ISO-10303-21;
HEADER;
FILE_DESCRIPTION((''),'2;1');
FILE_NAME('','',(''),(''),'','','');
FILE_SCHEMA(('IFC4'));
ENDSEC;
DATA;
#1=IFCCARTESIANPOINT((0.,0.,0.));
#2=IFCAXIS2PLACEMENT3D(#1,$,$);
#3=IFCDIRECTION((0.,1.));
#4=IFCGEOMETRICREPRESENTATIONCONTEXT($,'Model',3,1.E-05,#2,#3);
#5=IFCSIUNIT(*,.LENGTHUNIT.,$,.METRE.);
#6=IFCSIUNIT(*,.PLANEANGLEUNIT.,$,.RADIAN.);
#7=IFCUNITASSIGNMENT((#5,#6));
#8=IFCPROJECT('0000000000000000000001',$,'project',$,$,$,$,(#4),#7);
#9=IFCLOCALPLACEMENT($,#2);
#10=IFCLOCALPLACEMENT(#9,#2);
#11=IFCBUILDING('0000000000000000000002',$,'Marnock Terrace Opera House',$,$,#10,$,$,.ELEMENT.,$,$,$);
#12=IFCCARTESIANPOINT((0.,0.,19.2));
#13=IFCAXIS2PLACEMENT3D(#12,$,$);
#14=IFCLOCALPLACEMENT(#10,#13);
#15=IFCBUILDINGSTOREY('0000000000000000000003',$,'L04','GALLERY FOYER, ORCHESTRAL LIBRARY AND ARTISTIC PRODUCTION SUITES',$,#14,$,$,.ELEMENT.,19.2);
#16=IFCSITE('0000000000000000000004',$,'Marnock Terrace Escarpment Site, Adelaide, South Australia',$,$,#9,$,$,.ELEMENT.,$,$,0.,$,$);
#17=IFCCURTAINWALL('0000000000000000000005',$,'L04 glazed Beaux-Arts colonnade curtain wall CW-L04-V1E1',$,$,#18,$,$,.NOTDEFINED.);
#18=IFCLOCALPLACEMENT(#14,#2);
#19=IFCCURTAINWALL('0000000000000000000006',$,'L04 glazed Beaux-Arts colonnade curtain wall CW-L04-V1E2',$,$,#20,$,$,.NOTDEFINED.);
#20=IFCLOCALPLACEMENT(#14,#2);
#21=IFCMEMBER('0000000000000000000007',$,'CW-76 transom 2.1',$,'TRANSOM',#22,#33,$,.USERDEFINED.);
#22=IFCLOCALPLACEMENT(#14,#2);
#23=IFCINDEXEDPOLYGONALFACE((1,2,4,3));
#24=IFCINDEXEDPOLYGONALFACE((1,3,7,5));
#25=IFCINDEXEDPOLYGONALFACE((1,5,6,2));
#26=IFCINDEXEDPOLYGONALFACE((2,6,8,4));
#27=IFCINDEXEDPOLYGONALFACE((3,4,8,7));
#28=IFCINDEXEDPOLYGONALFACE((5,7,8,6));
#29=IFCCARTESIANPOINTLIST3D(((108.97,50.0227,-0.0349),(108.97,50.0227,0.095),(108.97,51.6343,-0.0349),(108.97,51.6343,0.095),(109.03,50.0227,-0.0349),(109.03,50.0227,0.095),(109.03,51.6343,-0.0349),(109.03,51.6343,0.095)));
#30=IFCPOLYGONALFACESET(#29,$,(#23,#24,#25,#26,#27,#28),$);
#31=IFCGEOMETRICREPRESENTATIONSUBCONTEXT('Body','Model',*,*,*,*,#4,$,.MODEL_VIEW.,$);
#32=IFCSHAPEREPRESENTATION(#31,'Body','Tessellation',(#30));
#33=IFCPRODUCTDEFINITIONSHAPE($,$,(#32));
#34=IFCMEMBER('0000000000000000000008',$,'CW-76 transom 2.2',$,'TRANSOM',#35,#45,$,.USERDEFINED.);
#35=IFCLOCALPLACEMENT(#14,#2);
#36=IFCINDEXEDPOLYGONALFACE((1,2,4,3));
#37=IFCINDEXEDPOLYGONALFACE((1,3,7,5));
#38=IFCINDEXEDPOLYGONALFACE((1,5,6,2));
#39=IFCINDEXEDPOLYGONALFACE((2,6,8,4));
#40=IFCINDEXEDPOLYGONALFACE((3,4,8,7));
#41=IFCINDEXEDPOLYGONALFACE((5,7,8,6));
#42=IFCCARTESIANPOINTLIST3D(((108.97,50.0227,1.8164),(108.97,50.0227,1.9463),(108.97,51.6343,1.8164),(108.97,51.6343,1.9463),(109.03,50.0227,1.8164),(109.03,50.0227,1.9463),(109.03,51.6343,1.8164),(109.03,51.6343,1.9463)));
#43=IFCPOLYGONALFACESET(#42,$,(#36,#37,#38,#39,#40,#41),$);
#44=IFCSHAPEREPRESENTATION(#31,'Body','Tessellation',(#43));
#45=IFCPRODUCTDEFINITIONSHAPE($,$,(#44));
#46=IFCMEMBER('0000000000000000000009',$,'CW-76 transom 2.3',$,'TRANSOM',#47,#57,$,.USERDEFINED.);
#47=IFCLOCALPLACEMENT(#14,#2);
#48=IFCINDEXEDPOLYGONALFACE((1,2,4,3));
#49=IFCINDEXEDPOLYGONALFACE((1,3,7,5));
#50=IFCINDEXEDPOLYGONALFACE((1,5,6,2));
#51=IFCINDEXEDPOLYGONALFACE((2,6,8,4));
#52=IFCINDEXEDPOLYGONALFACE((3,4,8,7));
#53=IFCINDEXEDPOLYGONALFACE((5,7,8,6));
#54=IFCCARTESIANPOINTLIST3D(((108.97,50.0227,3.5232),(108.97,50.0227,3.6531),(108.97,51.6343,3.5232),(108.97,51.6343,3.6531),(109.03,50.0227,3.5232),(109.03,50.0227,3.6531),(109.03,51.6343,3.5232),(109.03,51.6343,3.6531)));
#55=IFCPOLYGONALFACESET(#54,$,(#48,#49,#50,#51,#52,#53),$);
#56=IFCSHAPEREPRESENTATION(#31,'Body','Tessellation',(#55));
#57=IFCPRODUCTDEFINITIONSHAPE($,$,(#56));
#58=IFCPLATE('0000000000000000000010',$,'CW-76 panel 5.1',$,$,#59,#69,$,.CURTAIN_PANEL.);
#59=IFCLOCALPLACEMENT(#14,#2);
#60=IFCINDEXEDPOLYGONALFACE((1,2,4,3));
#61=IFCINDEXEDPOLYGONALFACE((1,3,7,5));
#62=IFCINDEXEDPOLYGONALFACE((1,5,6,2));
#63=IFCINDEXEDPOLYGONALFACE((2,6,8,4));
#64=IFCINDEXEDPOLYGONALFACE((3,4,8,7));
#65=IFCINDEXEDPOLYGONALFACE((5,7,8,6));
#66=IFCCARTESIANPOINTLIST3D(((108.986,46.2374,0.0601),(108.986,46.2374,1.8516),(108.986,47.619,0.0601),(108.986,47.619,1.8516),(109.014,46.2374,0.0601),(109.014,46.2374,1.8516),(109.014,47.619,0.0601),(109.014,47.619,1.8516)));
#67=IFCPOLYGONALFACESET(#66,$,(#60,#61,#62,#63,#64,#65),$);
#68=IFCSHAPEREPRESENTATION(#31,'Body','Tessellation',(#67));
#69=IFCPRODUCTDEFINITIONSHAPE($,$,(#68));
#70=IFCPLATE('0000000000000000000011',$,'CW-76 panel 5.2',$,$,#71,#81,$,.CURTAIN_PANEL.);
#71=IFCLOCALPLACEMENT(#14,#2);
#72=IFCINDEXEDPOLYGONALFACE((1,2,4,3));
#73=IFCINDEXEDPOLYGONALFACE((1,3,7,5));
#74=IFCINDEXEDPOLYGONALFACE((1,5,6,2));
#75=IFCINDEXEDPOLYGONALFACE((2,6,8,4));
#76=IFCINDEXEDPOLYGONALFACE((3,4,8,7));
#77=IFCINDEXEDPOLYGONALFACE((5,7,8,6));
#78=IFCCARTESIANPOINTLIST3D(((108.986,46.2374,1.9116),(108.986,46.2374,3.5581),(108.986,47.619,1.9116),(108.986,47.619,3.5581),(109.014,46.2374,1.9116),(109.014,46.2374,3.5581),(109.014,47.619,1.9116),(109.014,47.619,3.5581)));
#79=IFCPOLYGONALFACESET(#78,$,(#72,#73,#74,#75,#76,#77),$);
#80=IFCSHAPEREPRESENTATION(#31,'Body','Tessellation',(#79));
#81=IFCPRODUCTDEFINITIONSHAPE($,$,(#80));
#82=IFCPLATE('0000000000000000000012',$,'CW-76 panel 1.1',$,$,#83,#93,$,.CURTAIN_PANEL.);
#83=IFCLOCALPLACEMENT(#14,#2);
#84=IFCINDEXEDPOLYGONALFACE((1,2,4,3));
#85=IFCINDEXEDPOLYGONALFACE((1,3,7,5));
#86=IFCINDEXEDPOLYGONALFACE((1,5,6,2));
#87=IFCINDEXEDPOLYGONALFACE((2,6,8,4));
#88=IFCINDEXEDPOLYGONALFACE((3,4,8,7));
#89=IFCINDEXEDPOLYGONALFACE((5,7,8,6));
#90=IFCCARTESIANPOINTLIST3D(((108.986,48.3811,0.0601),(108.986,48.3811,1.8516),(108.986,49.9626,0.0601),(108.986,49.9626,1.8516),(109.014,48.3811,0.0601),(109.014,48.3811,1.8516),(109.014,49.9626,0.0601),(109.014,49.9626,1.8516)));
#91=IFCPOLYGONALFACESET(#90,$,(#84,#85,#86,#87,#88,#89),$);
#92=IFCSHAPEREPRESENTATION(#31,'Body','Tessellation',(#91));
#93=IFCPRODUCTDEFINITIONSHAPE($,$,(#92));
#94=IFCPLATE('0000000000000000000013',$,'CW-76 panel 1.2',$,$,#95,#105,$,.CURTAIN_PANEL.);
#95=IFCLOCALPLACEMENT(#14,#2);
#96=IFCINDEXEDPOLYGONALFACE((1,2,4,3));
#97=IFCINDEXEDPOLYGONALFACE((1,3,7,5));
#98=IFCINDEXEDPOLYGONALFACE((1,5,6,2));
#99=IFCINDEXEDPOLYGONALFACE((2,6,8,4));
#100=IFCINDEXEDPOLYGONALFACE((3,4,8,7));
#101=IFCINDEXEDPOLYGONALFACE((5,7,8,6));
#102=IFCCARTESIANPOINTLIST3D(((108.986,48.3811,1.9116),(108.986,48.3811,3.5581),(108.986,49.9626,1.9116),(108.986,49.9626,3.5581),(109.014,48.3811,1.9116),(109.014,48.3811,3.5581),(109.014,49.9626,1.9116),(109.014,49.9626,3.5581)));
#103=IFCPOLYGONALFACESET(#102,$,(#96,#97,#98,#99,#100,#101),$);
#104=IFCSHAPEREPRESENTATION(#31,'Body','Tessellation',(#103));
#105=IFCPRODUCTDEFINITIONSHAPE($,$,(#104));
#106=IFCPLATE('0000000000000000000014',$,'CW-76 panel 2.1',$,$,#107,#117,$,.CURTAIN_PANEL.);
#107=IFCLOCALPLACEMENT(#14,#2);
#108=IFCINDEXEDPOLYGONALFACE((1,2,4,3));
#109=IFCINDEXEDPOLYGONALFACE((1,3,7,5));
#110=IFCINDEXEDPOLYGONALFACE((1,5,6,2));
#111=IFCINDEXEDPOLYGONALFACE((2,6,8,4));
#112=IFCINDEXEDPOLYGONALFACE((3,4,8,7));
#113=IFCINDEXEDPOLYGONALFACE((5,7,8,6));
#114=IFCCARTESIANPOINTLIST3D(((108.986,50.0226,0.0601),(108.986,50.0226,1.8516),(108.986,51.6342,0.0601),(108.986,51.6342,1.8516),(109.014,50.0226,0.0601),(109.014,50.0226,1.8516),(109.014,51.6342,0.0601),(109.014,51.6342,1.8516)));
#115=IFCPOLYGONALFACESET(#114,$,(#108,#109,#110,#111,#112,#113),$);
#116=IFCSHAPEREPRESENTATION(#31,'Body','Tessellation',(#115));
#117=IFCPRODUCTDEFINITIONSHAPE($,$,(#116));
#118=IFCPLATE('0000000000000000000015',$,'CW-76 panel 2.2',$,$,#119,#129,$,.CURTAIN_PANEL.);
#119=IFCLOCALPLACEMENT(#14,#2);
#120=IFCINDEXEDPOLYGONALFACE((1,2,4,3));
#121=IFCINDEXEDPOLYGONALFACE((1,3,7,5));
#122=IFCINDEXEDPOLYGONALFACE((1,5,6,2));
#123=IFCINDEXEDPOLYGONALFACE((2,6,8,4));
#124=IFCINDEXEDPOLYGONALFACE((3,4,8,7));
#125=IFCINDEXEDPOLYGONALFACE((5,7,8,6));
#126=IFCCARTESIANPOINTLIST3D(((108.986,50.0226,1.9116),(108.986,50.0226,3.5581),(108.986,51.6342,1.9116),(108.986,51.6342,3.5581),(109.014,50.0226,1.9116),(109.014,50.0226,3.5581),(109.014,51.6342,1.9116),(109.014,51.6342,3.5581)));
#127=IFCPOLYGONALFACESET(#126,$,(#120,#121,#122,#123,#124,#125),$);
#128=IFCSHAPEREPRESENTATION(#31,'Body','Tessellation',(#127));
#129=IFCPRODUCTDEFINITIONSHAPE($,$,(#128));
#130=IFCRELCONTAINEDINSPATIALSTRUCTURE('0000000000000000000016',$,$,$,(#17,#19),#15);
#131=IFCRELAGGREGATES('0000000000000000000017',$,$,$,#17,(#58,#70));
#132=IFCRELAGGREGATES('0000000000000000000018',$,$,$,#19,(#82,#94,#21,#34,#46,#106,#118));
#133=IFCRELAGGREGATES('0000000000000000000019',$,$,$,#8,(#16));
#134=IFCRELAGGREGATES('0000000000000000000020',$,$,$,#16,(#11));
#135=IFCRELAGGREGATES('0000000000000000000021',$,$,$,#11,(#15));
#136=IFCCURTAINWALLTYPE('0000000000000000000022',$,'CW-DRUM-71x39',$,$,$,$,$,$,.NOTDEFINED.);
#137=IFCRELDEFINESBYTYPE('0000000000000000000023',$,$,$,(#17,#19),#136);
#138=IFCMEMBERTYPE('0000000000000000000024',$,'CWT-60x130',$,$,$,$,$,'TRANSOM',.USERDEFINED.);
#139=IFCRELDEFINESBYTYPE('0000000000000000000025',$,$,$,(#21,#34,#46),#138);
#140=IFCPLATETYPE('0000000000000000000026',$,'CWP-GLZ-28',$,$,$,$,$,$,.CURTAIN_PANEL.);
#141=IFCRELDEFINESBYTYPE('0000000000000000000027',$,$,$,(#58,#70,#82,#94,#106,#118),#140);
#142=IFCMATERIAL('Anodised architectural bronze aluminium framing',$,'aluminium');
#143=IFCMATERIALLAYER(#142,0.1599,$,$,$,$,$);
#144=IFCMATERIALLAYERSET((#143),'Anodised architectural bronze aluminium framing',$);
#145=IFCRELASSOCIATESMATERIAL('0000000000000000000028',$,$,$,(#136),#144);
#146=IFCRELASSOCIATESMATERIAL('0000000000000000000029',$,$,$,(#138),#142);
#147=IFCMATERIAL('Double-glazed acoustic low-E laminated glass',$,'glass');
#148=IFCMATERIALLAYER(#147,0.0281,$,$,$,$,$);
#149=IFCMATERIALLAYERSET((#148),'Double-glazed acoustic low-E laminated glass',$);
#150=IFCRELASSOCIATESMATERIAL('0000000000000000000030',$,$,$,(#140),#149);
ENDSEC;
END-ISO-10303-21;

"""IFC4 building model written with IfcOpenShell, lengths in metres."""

from ifc_helpers import new_model, si_unit, direction, frame, origin, origin_2d, place, context, subcontext, project, spatial, rectangle, extrude, material, layer, layer_set, material_profile, profile_set, type_object, element, aggregate, save


model = new_model("IFC4")

# Units and contexts
model_context = context("Model", 3, precision=1e-05, world=origin(), true_north=direction((0.0, 1.0)))
body_context = subcontext(model_context, "Body", "Model", "MODEL_VIEW")
ifc_project = project(units=[si_unit("LENGTHUNIT", "METRE"), si_unit("PLANEANGLEUNIT", "RADIAN")], contexts=[model_context])

# Site, building, storey
site_placement = place(None, origin())
site = spatial("IfcSite", under=ifc_project, at=site_placement, Name="Marnock Terrace Escarpment Site, Adelaide, South Australia", CompositionType="ELEMENT", RefElevation=0.0)
building_placement = place(site_placement, origin())
building = spatial("IfcBuilding", under=site, at=building_placement, Name="Marnock Terrace Opera House", CompositionType="ELEMENT")
storey_placement = place(building_placement, frame((0.0, 0.0, 19.2)))
storey = spatial("IfcBuildingStorey", under=building, at=storey_placement, Name="L04", Description="GALLERY FOYER, ORCHESTRAL LIBRARY AND ARTISTIC PRODUCTION SUITES", CompositionType="ELEMENT", Elevation=19.2)

# Curtain wall
ifc_material_1 = material(Name="Anodised architectural bronze aluminium framing", Category="aluminium")
ifc_layer_1 = layer(ifc_material_1, 0.1599)
ifc_layer_set_1 = layer_set([ifc_layer_1], Name="Anodised architectural bronze aluminium framing")
curtain_wall_type = type_object("IfcCurtainWallType", Name="CW-DRUM-71x39", PredefinedType="NOTDEFINED", material=ifc_layer_set_1)
curtain_wall_1_placement = place(storey_placement, origin())
curtain_wall_1 = element("IfcCurtainWall", 1, at=curtain_wall_1_placement, inside=storey, type_object=curtain_wall_type, Name="L04 glazed Beaux-Arts colonnade curtain wall CW-L04-V1E1", PredefinedType="NOTDEFINED")

# Curtain wall
curtain_wall_2_placement = place(storey_placement, origin())
curtain_wall_2 = element("IfcCurtainWall", 2, at=curtain_wall_2_placement, inside=storey, type_object=curtain_wall_type, Name="L04 glazed Beaux-Arts colonnade curtain wall CW-L04-V1E2", PredefinedType="NOTDEFINED")

# Members
ifc_material_profile_1 = material_profile(ifc_material_1, rectangle(XDim=0.0601, YDim=0.1299, at=origin_2d()))
ifc_profile_set_1 = profile_set([ifc_material_profile_1], Name="Anodised architectural bronze aluminium framing")
member_type_1 = type_object("IfcMemberType", Name="CWT-60x130", ElementType="TRANSOM", PredefinedType="USERDEFINED", material=ifc_profile_set_1)
member_1_placement = place(storey_placement, frame((109.0, 50.0227, 0.03), z_axis=(0.0, 1.0, 0.0), x_axis=(-1.0, 0.0, 0.0)))
member_1 = element("IfcMember", 3, at=member_1_placement, type_object=member_type_1, Name="CW-76 transom 2.1", ObjectType="TRANSOM", PredefinedType="USERDEFINED", context=body_context, shape_type="SweptSolid", body=[
    extrude(rectangle(XDim=0.0601, YDim=0.1299, at=origin_2d()), origin(), (0.0, 0.0, 1.0), 1.6116),
])
member_2_placement = place(storey_placement, frame((109.0, 50.0227, 1.8813), z_axis=(0.0, 1.0, 0.0), x_axis=(-1.0, 0.0, 0.0)))
member_2 = element("IfcMember", 4, at=member_2_placement, type_object=member_type_1, Name="CW-76 transom 2.2", ObjectType="TRANSOM", PredefinedType="USERDEFINED", context=body_context, shape_type="SweptSolid", body=[
    extrude(rectangle(XDim=0.0601, YDim=0.1299, at=origin_2d()), origin(), (0.0, 0.0, 1.0), 1.6116),
])
member_3_placement = place(storey_placement, frame((109.0, 50.0227, 3.5881), z_axis=(0.0, 1.0, 0.0), x_axis=(-1.0, 0.0, 0.0)))
member_3 = element("IfcMember", 5, at=member_3_placement, type_object=member_type_1, Name="CW-76 transom 2.3", ObjectType="TRANSOM", PredefinedType="USERDEFINED", context=body_context, shape_type="SweptSolid", body=[
    extrude(rectangle(XDim=0.0601, YDim=0.1299, at=origin_2d()), origin(), (0.0, 0.0, 1.0), 1.6116),
])

# Plates
ifc_material_2 = material(Name="Double-glazed acoustic low-E laminated glass", Category="glass")
ifc_layer_2 = layer(ifc_material_2, 0.0281)
ifc_layer_set_2 = layer_set([ifc_layer_2], Name="Double-glazed acoustic low-E laminated glass")
plate_type = type_object("IfcPlateType", Name="CWP-GLZ-28", PredefinedType="CURTAIN_PANEL", material=ifc_layer_set_2)
plate_1_placement = place(storey_placement, frame((109.0, 46.9282, 0.0601), z_axis=(0.0, 0.0, 1.0), x_axis=(0.0, 1.0, 0.0)))
plate_1 = element("IfcPlate", 6, at=plate_1_placement, type_object=plate_type, Name="CW-76 panel 5.1", PredefinedType="CURTAIN_PANEL", context=body_context, shape_type="SweptSolid", body=[
    extrude(rectangle(XDim=1.3816, YDim=0.0281, at=origin_2d()), origin(), (0.0, 0.0, 1.0), 1.7915),
])
plate_2_placement = place(storey_placement, frame((109.0, 46.9282, 1.9116), z_axis=(0.0, 0.0, 1.0), x_axis=(0.0, 1.0, 0.0)))
plate_2 = element("IfcPlate", 7, at=plate_2_placement, type_object=plate_type, Name="CW-76 panel 5.2", PredefinedType="CURTAIN_PANEL", context=body_context, shape_type="SweptSolid", body=[
    extrude(rectangle(XDim=1.3816, YDim=0.0281, at=origin_2d()), origin(), (0.0, 0.0, 1.0), 1.6465),
])
aggregate(curtain_wall_1, [plate_1, plate_2])
plate_3_placement = place(storey_placement, frame((109.0, 49.1719, 0.0601), z_axis=(0.0, 0.0, 1.0), x_axis=(0.0, 1.0, 0.0)))
plate_3 = element("IfcPlate", 8, at=plate_3_placement, type_object=plate_type, Name="CW-76 panel 1.1", PredefinedType="CURTAIN_PANEL", context=body_context, shape_type="SweptSolid", body=[
    extrude(rectangle(XDim=1.5815, YDim=0.0281, at=origin_2d()), origin(), (0.0, 0.0, 1.0), 1.7915),
])
plate_4_placement = place(storey_placement, frame((109.0, 49.1719, 1.9116), z_axis=(0.0, 0.0, 1.0), x_axis=(0.0, 1.0, 0.0)))
plate_4 = element("IfcPlate", 9, at=plate_4_placement, type_object=plate_type, Name="CW-76 panel 1.2", PredefinedType="CURTAIN_PANEL", context=body_context, shape_type="SweptSolid", body=[
    extrude(rectangle(XDim=1.5815, YDim=0.0281, at=origin_2d()), origin(), (0.0, 0.0, 1.0), 1.6465),
])
plate_5_placement = place(storey_placement, frame((109.0, 50.8284, 0.0601), z_axis=(0.0, 0.0, 1.0), x_axis=(0.0, 1.0, 0.0)))
plate_5 = element("IfcPlate", 10, at=plate_5_placement, type_object=plate_type, Name="CW-76 panel 2.1", PredefinedType="CURTAIN_PANEL", context=body_context, shape_type="SweptSolid", body=[
    extrude(rectangle(XDim=1.6116, YDim=0.0281, at=origin_2d()), origin(), (0.0, 0.0, 1.0), 1.7915),
])
plate_6_placement = place(storey_placement, frame((109.0, 50.8284, 1.9116), z_axis=(0.0, 0.0, 1.0), x_axis=(0.0, 1.0, 0.0)))
plate_6 = element("IfcPlate", 11, at=plate_6_placement, type_object=plate_type, Name="CW-76 panel 2.2", PredefinedType="CURTAIN_PANEL", context=body_context, shape_type="SweptSolid", body=[
    extrude(rectangle(XDim=1.6116, YDim=0.0281, at=origin_2d()), origin(), (0.0, 0.0, 1.0), 1.6465),
])
aggregate(curtain_wall_2, [plate_3, plate_4, member_1, member_2, member_3, plate_5, plate_6])

save(model, "model.ifc")
